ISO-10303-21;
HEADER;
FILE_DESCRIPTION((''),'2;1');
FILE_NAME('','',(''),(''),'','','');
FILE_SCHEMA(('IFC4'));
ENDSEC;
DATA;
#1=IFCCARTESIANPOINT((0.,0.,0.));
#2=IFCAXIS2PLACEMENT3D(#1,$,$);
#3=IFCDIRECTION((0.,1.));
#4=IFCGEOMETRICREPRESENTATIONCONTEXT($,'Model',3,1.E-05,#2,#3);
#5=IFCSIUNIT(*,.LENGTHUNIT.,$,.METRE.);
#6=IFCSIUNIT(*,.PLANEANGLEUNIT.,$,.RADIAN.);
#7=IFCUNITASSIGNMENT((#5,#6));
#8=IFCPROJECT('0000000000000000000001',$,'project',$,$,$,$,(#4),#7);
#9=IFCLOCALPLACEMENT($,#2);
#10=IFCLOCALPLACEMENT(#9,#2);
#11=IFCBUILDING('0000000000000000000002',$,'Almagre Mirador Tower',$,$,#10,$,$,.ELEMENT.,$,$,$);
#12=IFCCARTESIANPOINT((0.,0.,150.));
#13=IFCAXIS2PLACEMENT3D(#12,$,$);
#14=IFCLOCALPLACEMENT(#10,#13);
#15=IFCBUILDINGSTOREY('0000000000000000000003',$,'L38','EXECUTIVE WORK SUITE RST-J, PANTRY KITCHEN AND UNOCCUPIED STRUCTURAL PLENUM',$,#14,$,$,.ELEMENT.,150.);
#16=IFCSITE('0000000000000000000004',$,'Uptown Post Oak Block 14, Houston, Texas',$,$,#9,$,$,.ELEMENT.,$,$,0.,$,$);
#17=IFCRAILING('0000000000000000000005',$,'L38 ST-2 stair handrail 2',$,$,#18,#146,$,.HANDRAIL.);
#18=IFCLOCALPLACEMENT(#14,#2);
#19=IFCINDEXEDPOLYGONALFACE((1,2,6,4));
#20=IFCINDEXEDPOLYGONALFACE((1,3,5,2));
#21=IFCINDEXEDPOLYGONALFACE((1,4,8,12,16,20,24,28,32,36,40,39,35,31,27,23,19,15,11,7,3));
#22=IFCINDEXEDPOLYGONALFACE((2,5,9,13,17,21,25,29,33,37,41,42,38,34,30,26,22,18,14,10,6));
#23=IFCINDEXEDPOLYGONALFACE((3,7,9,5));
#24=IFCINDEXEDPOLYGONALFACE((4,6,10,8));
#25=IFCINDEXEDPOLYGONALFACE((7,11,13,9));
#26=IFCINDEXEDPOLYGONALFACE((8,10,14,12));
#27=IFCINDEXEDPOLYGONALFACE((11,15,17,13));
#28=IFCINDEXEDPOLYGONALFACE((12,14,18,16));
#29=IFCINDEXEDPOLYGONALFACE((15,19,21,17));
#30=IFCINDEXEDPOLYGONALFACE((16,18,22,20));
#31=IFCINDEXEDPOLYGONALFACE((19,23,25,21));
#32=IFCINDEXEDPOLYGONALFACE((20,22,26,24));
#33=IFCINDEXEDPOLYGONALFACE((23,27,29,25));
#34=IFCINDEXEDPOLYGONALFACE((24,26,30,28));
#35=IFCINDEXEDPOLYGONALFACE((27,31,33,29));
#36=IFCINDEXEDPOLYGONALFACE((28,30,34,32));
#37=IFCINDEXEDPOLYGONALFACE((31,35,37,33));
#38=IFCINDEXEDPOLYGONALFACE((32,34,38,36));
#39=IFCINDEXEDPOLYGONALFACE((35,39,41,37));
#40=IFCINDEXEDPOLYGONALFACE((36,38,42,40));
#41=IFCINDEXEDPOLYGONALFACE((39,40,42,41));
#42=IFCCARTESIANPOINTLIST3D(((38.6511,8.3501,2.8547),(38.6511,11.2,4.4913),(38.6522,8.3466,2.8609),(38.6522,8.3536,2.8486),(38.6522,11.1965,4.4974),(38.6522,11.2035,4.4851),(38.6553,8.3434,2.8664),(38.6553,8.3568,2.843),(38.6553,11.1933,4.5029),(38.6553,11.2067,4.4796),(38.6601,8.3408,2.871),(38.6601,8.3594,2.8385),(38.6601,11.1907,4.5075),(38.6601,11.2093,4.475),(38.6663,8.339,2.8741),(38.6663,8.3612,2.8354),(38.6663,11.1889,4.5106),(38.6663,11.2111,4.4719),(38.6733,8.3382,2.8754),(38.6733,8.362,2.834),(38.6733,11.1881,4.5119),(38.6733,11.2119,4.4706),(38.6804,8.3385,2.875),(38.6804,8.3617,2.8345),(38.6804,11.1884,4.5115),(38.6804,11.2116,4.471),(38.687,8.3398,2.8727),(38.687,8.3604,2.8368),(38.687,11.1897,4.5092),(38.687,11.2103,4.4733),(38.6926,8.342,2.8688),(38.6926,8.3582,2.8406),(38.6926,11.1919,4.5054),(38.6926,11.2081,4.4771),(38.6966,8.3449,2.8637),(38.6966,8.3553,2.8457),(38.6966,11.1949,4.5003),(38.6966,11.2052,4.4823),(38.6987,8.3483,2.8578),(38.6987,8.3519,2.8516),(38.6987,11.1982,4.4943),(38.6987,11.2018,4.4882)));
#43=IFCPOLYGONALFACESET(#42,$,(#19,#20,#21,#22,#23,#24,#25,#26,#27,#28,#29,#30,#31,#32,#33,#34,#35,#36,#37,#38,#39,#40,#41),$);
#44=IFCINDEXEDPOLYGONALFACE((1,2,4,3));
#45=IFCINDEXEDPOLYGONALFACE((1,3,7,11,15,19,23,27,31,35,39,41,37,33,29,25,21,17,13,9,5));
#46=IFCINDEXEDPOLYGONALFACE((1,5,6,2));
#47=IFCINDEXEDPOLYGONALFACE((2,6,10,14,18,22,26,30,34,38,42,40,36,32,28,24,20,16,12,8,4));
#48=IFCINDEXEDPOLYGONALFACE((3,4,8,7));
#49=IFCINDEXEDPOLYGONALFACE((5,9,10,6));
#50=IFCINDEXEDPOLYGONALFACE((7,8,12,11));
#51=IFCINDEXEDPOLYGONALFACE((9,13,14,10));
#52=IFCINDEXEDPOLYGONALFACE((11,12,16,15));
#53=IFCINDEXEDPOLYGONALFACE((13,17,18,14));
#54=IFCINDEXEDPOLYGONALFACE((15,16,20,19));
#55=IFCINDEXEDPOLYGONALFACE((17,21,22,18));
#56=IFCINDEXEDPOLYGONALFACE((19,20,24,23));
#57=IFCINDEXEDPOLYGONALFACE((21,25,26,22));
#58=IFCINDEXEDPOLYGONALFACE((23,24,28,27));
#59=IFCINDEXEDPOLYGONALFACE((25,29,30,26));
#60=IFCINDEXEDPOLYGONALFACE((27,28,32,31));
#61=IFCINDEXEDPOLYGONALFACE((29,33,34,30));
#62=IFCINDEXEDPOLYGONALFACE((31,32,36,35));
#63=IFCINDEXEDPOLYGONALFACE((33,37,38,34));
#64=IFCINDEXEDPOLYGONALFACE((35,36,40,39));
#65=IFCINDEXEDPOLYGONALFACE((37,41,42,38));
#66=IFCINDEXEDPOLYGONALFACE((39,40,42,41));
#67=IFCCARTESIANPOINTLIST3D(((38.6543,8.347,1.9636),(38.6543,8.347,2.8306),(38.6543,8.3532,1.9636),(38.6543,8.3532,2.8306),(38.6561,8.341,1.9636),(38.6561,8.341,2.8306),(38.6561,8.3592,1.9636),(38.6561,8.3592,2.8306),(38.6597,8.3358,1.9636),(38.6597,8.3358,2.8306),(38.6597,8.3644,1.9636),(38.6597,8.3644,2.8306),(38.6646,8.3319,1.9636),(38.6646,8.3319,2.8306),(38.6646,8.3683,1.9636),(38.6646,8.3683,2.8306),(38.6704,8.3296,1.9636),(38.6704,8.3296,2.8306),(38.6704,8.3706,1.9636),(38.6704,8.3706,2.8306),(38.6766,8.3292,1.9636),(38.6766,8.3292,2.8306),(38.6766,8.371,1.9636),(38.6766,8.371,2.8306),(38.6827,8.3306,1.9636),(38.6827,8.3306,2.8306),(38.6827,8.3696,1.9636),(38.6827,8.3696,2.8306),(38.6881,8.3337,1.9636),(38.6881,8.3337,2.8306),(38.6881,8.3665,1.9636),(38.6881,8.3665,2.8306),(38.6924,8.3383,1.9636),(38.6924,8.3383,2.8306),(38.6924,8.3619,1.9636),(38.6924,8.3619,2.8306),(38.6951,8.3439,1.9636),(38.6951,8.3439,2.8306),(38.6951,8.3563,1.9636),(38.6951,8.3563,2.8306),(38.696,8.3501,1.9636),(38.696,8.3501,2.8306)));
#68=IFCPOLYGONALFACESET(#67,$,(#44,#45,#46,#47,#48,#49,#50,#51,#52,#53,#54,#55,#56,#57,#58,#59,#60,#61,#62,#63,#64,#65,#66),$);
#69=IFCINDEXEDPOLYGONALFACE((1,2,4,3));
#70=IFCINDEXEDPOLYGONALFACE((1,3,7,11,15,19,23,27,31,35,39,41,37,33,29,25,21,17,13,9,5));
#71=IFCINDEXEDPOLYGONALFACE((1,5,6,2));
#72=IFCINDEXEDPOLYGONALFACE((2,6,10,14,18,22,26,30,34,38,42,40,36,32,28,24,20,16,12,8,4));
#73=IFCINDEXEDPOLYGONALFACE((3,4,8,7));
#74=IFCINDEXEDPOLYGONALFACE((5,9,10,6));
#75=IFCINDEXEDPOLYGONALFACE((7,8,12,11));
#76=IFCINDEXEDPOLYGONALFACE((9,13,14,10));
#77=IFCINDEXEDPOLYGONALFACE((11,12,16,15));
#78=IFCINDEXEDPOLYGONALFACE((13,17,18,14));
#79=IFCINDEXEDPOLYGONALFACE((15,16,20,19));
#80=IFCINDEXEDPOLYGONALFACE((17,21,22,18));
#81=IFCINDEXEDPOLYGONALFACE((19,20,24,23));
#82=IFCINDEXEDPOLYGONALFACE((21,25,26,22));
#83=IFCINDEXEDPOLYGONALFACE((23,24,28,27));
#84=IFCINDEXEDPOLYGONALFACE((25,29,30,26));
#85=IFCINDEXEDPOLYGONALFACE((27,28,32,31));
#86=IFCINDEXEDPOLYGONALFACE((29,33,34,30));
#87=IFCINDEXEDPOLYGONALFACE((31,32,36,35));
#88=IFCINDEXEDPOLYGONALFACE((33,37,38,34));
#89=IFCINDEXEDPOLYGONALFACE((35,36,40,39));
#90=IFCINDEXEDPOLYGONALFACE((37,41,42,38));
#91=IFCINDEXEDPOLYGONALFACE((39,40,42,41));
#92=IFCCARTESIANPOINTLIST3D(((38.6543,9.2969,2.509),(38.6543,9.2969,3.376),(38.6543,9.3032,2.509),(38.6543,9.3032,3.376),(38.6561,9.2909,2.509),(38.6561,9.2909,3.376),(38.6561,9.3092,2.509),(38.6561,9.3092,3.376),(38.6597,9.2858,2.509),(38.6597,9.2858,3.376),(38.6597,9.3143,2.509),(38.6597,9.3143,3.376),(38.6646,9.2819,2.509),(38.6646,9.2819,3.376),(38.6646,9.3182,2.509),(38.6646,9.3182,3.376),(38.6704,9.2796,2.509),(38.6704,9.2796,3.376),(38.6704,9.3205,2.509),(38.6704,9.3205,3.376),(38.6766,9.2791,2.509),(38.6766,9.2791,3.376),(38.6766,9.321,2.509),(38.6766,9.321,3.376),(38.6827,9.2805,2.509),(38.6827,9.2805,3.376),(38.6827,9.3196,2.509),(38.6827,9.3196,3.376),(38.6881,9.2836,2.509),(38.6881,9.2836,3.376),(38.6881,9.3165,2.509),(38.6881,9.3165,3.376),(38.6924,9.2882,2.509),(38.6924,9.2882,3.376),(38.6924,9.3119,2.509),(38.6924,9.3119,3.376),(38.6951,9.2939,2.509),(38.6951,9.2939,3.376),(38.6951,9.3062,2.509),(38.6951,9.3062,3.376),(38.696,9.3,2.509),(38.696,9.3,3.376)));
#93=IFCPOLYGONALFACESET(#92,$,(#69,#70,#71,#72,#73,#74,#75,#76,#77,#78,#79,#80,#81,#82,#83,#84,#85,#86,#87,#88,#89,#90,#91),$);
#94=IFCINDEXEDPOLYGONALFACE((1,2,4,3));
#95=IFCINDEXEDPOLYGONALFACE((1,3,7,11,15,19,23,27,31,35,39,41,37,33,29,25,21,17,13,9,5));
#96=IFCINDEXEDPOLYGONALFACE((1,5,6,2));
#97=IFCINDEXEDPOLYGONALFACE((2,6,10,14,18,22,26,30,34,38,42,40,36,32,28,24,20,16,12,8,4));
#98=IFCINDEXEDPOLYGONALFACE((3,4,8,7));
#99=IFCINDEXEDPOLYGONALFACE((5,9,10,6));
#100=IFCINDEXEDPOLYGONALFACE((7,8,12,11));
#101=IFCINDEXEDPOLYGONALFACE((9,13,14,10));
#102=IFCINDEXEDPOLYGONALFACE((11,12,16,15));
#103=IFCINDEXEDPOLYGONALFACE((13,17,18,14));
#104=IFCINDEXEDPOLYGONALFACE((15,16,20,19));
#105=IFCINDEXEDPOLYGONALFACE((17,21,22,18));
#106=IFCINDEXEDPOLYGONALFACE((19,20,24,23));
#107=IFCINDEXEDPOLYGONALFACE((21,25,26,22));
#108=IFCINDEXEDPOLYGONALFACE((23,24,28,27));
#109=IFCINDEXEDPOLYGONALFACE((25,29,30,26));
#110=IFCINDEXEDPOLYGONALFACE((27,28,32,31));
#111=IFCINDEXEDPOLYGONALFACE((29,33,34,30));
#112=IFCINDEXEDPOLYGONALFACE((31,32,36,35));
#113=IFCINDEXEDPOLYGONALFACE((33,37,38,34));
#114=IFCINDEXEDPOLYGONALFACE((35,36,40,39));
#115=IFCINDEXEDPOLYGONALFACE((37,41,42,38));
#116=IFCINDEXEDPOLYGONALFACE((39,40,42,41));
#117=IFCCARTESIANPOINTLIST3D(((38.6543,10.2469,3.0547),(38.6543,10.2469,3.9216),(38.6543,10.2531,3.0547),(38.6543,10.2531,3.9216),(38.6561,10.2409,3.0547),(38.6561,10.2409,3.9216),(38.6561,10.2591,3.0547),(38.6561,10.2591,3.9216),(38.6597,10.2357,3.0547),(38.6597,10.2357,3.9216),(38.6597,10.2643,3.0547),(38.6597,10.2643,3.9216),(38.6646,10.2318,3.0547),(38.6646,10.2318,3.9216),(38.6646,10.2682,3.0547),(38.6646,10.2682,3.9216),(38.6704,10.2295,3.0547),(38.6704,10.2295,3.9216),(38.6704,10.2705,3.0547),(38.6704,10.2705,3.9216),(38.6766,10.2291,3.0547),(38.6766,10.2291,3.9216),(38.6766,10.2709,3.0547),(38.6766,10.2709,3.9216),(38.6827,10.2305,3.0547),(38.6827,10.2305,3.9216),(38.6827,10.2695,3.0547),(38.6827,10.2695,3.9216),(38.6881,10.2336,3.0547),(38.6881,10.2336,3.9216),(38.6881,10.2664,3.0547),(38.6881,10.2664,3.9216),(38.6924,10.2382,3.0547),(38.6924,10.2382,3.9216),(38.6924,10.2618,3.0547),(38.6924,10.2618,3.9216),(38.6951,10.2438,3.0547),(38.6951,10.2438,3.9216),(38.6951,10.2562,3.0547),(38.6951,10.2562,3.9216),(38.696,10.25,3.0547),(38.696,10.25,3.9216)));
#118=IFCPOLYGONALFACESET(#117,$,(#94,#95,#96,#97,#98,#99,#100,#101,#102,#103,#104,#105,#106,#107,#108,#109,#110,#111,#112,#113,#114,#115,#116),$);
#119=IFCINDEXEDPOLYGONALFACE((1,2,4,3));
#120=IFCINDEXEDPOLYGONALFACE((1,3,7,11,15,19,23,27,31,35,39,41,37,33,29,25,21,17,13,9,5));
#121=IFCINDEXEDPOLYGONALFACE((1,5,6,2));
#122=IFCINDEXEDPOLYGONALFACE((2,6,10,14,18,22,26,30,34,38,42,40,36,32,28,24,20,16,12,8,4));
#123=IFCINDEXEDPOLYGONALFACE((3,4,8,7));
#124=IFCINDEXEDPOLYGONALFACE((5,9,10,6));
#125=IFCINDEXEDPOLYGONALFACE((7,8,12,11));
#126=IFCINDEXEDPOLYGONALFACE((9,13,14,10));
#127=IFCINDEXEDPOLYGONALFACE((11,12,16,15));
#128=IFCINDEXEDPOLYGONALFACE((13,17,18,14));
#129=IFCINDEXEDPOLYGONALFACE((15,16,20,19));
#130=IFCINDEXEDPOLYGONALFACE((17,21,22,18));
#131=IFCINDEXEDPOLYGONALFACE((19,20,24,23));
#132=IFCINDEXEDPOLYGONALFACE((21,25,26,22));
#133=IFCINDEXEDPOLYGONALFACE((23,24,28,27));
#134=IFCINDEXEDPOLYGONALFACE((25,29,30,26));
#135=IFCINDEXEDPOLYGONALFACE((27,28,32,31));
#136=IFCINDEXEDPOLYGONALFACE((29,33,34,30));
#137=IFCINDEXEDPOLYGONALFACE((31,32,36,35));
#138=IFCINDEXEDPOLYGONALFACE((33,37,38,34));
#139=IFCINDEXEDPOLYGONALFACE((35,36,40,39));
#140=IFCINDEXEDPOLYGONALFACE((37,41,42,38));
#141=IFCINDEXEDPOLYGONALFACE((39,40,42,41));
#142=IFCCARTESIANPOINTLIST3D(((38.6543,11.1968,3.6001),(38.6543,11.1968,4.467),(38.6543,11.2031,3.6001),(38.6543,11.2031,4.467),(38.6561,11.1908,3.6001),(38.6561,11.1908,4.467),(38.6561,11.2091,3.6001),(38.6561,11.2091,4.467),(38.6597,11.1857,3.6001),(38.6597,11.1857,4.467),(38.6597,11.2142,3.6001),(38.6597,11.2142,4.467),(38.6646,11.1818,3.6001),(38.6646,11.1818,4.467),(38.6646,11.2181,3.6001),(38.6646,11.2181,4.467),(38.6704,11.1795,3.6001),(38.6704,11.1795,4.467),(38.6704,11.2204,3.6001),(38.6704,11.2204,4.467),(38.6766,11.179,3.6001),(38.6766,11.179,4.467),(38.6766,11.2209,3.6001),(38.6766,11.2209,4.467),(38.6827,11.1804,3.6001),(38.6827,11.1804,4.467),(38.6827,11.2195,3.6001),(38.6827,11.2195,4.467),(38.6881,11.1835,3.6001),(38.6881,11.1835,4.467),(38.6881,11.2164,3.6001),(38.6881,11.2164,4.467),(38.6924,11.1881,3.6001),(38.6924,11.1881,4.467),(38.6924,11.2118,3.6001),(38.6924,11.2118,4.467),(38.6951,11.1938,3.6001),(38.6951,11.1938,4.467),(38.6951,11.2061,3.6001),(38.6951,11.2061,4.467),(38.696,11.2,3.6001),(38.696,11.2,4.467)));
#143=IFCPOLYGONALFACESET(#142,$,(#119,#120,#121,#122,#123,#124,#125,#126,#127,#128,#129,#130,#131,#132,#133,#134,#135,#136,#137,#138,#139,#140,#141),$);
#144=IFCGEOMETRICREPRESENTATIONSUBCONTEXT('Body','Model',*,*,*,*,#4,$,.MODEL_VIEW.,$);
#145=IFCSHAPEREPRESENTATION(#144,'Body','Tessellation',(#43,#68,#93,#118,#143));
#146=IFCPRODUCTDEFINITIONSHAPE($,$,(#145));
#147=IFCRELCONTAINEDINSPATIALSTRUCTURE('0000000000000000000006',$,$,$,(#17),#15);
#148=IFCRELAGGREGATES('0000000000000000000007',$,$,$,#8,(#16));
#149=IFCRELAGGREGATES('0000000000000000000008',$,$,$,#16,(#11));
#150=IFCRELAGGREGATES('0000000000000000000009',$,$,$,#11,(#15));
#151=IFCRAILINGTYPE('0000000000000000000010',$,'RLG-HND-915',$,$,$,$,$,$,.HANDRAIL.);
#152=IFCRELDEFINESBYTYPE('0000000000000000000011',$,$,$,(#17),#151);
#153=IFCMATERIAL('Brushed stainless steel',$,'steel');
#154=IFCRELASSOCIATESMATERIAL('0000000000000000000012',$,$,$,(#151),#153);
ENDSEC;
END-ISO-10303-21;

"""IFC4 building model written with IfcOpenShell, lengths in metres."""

from ifc_helpers import new_model, si_unit, direction, frame, origin, origin_2d, place, context, subcontext, project, spatial, circle, extrude, material, type_object, element, save


model = new_model("IFC4")

# Units and contexts
model_context = context("Model", 3, precision=1e-05, world=origin(), true_north=direction((0.0, 1.0)))
body_context = subcontext(model_context, "Body", "Model", "MODEL_VIEW")
ifc_project = project(units=[si_unit("LENGTHUNIT", "METRE"), si_unit("PLANEANGLEUNIT", "RADIAN")], contexts=[model_context])

# Site, building, storey
site_placement = place(None, origin())
site = spatial("IfcSite", under=ifc_project, at=site_placement, Name="Uptown Post Oak Block 14, Houston, Texas", CompositionType="ELEMENT", RefElevation=0.0)
building_placement = place(site_placement, origin())
building = spatial("IfcBuilding", under=site, at=building_placement, Name="Almagre Mirador Tower", CompositionType="ELEMENT")
storey_placement = place(building_placement, frame((0.0, 0.0, 150.0)))
storey = spatial("IfcBuildingStorey", under=building, at=storey_placement, Name="L38", Description="EXECUTIVE WORK SUITE RST-J, PANTRY KITCHEN AND UNOCCUPIED STRUCTURAL PLENUM", CompositionType="ELEMENT", Elevation=150.0)

# Railing
ifc_material_1 = material(Name="Brushed stainless steel", Category="steel")
railing_type_1 = type_object("IfcRailingType", Name="RLG-HND-915", PredefinedType="HANDRAIL", material=ifc_material_1)
railing_1_placement = place(storey_placement, frame((38.675, 8.3501, 1.9636)))
element("IfcRailing", 1, at=railing_1_placement, inside=storey, type_object=railing_type_1, Name="L38 ST-2 stair handrail 2", PredefinedType="HANDRAIL", context=body_context, shape_type="SweptSolid", body=[
    extrude(circle(Radius=0.0239, at=origin_2d()), frame((0.0, 0.0, 0.8911), z_axis=(0.0, 0.867194, 0.49797), x_axis=(-1.0, 0.0, 0.0)), (0.0, 0.0, 1.0), 3.2864),
    extrude(circle(Radius=0.021, at=origin_2d()), origin(), (0.0, 0.0, 1.0), 0.8669),
    extrude(circle(Radius=0.021, at=origin_2d()), frame((0.0, 0.95, 0.5454)), (0.0, 0.0, 1.0), 0.8669),
    extrude(circle(Radius=0.021, at=origin_2d()), frame((0.0, 1.8999, 1.0911)), (0.0, 0.0, 1.0), 0.8669),
    extrude(circle(Radius=0.021, at=origin_2d()), frame((0.0, 2.8499, 1.6365)), (0.0, 0.0, 1.0), 0.8669),
])

save(model, "model.ifc")
